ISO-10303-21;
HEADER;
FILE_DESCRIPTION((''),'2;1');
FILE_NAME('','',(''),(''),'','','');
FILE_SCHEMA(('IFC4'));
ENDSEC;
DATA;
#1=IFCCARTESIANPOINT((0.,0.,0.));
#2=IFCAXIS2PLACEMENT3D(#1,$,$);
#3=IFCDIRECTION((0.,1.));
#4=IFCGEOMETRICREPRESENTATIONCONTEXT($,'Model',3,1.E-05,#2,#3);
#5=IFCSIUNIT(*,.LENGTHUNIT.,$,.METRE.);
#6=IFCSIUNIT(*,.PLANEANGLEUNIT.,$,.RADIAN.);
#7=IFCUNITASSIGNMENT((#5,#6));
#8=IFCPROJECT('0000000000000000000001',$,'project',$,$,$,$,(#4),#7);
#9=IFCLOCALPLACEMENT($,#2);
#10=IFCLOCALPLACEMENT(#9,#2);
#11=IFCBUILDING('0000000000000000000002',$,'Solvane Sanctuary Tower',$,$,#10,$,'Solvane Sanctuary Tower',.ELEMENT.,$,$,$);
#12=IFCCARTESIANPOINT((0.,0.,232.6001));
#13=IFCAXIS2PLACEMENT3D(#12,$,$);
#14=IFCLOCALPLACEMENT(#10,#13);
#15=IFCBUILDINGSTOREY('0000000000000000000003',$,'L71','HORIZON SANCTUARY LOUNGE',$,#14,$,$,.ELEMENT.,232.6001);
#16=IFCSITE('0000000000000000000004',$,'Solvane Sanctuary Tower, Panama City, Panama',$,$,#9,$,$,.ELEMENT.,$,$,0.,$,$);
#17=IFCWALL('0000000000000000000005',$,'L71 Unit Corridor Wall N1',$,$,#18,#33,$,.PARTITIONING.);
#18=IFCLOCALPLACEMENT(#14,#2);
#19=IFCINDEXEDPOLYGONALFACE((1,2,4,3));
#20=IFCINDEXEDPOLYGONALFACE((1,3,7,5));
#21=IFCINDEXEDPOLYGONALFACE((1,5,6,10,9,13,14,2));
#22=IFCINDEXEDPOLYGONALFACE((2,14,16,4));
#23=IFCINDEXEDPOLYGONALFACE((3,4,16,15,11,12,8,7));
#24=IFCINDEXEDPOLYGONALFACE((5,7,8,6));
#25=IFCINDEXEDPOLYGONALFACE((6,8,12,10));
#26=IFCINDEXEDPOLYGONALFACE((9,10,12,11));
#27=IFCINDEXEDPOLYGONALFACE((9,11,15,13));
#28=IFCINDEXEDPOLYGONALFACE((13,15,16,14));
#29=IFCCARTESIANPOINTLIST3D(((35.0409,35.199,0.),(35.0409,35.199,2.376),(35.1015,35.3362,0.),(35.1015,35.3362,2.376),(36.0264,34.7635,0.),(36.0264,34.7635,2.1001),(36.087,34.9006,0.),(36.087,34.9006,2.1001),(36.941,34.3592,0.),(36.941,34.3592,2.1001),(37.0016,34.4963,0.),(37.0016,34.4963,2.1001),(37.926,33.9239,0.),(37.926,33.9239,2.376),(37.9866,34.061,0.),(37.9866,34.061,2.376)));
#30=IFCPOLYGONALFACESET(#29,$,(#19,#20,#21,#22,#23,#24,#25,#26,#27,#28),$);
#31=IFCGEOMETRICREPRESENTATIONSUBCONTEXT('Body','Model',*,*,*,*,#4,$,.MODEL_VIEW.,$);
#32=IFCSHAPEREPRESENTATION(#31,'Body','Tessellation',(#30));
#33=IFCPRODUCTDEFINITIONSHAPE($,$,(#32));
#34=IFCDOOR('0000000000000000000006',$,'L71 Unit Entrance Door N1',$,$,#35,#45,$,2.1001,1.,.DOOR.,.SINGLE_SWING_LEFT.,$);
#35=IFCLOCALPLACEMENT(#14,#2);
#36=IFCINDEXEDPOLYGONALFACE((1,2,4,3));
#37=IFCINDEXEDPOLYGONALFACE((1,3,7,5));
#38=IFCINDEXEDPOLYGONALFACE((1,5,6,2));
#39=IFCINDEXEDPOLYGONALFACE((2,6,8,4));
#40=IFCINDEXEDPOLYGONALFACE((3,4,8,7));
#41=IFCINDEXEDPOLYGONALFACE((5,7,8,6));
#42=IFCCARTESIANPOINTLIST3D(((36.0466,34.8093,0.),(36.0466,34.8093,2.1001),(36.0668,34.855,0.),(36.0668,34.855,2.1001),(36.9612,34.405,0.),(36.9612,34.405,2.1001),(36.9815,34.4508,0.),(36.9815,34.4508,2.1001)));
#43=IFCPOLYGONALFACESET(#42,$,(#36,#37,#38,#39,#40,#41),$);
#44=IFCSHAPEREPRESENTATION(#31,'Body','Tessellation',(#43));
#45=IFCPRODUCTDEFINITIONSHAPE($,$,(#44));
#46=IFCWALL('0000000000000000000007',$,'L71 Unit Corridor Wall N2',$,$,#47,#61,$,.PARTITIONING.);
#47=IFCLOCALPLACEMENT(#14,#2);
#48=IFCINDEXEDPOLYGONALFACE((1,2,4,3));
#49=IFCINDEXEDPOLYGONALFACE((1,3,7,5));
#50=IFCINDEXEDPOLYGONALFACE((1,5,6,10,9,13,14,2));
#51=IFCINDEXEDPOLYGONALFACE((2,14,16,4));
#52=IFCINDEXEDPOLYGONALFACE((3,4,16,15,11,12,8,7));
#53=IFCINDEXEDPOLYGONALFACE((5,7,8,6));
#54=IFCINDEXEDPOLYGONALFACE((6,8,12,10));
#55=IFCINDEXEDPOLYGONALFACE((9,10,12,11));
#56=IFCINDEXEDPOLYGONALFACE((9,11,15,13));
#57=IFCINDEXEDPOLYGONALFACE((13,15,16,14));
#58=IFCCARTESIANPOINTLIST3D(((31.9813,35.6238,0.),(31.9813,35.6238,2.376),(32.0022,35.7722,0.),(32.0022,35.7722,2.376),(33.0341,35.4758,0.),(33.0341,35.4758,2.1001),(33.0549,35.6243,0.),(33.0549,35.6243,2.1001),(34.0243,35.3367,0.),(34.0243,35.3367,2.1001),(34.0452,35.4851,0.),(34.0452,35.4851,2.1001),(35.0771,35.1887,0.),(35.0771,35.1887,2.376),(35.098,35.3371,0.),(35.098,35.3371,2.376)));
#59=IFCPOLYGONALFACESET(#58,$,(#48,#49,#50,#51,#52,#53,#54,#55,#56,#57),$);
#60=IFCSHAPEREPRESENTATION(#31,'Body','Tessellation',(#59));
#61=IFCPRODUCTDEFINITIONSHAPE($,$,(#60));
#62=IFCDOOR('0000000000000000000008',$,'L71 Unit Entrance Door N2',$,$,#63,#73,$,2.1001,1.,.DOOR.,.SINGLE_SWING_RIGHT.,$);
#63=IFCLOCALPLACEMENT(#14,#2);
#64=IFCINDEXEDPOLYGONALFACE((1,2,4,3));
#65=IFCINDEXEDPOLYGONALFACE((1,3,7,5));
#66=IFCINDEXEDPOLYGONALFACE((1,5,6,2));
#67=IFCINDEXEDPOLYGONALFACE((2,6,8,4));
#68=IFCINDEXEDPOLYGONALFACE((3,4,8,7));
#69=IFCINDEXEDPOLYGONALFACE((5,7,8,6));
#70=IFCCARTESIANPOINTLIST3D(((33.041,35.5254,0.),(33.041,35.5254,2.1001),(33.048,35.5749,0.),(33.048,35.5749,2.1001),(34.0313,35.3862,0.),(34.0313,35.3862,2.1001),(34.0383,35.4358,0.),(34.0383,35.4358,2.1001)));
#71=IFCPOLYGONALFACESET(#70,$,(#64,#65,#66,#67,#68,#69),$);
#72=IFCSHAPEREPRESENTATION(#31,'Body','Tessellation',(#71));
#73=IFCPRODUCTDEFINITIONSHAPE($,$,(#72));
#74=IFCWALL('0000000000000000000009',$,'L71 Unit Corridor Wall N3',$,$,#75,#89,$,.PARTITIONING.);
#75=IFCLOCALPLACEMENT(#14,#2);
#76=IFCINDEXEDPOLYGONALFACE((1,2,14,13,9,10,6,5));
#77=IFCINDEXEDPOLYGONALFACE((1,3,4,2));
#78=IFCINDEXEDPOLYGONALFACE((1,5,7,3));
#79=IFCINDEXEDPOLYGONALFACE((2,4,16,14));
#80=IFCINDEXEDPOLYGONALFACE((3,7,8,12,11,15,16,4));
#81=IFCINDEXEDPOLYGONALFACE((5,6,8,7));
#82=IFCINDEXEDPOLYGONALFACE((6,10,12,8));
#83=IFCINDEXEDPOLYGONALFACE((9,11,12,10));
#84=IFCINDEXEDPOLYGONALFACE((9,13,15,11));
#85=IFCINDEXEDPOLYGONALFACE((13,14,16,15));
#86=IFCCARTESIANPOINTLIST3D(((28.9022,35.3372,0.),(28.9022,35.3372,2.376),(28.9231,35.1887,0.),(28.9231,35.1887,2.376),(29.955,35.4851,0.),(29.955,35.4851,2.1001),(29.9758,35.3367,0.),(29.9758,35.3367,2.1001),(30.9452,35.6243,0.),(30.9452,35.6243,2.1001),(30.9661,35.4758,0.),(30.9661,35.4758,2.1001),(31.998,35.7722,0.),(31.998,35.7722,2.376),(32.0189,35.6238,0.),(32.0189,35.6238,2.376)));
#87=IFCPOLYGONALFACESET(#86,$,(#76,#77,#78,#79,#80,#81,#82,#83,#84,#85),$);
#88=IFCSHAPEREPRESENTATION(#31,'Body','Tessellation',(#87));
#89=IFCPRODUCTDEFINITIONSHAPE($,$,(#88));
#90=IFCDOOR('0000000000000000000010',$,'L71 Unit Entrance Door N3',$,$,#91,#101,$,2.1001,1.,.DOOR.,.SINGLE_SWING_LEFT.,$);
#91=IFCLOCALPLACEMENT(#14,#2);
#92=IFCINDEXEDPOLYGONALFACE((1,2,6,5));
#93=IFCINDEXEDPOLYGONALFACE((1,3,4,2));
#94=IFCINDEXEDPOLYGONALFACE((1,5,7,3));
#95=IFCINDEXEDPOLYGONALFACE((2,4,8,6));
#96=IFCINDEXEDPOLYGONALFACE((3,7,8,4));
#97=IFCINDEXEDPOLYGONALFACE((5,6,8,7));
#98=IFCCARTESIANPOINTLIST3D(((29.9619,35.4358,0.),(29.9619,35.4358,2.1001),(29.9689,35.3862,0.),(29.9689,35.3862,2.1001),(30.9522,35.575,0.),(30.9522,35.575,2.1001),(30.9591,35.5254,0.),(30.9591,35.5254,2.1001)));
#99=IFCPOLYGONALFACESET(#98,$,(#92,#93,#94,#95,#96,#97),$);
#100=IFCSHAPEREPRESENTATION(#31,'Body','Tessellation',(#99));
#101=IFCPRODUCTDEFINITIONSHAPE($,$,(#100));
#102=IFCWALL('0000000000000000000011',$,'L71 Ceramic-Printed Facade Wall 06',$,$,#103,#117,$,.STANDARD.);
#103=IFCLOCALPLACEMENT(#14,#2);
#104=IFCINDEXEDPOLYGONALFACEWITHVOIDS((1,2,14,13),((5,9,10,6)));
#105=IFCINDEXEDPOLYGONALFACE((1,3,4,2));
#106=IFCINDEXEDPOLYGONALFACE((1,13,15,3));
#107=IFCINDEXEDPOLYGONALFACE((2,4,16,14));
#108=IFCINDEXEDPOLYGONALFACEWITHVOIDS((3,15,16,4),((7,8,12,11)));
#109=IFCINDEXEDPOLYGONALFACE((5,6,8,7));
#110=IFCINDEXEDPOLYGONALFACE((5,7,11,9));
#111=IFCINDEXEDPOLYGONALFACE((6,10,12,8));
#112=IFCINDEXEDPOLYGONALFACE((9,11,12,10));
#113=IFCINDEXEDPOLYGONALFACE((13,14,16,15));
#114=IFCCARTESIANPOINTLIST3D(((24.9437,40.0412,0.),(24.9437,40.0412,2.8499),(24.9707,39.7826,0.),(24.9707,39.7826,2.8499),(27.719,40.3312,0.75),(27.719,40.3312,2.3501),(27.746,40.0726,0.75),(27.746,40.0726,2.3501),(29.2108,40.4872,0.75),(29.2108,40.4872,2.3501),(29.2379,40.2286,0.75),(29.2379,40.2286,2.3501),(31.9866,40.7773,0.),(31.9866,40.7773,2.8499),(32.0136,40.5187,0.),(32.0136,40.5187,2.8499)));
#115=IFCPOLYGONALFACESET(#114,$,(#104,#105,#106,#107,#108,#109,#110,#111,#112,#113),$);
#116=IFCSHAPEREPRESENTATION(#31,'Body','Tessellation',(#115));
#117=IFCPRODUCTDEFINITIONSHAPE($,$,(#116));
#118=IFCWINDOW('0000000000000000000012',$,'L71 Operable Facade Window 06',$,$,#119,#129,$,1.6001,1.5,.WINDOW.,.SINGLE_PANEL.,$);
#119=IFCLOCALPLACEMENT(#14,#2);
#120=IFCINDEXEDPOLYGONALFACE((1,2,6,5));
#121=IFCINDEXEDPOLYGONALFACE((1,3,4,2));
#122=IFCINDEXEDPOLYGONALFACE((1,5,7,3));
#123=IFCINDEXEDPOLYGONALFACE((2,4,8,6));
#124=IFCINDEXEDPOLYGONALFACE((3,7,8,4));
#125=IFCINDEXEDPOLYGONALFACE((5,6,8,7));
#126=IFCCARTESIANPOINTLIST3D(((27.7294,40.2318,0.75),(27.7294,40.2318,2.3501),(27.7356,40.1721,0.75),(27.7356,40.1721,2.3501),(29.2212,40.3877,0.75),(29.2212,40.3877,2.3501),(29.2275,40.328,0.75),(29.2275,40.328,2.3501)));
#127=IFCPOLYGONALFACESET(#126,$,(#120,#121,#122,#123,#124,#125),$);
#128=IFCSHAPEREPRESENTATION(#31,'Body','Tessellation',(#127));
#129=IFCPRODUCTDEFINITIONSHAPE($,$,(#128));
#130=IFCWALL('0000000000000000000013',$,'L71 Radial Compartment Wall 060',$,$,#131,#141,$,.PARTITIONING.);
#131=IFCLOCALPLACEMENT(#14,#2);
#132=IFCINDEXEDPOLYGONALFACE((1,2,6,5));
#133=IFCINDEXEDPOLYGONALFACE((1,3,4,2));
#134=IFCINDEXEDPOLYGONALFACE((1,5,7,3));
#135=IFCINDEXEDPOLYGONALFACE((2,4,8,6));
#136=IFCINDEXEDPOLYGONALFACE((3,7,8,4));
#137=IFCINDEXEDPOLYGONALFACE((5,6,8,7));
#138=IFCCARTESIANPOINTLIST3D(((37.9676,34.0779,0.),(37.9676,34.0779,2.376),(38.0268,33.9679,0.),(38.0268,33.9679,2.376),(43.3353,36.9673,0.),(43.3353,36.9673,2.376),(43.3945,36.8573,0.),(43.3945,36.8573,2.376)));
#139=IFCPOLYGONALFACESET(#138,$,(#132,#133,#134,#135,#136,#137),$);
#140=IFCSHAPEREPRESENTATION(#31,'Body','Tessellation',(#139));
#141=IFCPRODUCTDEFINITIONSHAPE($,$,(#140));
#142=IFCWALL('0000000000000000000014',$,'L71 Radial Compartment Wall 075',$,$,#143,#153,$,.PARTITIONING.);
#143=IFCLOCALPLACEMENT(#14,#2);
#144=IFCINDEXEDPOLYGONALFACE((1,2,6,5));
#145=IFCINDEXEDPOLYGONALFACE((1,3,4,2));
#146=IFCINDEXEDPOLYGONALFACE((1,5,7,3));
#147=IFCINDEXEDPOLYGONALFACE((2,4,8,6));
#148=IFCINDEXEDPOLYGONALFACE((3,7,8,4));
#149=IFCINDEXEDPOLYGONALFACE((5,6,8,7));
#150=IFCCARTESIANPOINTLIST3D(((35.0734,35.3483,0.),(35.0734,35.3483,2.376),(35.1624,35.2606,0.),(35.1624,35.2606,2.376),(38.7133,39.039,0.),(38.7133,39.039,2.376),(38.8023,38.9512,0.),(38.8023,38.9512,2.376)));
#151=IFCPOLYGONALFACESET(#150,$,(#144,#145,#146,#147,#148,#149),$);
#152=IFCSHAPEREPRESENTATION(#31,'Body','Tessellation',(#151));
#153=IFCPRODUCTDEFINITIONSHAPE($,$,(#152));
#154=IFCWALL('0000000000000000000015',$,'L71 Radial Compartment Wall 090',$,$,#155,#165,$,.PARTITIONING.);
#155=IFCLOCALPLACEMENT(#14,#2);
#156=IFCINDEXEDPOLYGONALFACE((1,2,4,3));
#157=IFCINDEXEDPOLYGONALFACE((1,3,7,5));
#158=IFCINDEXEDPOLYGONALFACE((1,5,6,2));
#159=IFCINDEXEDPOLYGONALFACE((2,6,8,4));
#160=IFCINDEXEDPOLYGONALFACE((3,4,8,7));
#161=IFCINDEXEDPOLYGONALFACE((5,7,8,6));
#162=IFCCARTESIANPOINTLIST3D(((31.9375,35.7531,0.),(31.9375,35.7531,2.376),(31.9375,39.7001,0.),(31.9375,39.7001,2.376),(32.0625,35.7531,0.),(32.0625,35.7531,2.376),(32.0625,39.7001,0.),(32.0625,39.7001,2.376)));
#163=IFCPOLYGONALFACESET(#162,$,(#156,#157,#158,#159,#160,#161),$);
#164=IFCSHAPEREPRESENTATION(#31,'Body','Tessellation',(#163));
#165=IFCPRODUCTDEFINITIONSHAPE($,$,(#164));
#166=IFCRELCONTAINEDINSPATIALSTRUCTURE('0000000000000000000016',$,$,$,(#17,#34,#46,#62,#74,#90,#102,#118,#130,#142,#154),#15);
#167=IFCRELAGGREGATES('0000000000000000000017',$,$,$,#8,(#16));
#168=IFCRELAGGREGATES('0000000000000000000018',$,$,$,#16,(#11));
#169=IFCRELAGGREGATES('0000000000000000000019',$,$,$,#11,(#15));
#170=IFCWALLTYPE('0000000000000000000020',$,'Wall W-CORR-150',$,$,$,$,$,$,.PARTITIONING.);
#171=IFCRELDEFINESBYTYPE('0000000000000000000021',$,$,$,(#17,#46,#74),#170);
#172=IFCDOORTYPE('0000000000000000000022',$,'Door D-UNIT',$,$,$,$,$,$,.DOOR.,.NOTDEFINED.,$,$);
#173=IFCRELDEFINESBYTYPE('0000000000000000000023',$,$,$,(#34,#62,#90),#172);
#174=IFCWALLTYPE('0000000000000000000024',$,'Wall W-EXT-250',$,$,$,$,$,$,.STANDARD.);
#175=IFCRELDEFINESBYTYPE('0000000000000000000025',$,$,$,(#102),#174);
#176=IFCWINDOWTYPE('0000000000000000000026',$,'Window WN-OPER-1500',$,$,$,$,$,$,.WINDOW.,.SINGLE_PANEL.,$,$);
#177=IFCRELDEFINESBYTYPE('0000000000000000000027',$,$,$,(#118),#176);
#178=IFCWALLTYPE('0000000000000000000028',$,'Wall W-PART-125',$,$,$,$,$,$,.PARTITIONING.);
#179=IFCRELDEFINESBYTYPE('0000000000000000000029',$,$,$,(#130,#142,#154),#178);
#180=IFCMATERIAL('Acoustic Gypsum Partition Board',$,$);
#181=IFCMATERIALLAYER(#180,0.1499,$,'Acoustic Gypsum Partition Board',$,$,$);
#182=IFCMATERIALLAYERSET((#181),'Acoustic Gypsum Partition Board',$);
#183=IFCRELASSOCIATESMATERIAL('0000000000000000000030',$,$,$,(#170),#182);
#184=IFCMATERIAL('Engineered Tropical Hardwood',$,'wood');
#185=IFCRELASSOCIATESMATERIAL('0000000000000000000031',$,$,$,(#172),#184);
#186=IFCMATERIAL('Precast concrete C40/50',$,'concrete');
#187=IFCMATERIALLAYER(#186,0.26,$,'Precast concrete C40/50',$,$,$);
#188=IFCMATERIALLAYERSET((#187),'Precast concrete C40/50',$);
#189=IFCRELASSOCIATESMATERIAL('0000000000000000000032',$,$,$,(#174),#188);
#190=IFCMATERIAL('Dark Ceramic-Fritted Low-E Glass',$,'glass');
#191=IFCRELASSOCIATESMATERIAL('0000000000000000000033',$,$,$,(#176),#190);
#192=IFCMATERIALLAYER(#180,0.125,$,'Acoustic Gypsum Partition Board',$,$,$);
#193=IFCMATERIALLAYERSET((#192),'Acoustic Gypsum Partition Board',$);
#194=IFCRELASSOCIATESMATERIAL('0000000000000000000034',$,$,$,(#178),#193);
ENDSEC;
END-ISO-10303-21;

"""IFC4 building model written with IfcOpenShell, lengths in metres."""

from ifc_helpers import new_model, si_unit, direction, frame, frame_2d, origin, place, context, subcontext, project, spatial, rectangle, extrude, material, layer, layer_set, type_object, element, fill, save


model = new_model("IFC4")

# Units and contexts
model_context = context("Model", 3, precision=1e-05, world=origin(), true_north=direction((0.0, 1.0)))
body_context = subcontext(model_context, "Body", "Model", "MODEL_VIEW")
ifc_project = project(units=[si_unit("LENGTHUNIT", "METRE"), si_unit("PLANEANGLEUNIT", "RADIAN")], contexts=[model_context])

# Site, building, storey
site_placement = place(None, origin())
site = spatial("IfcSite", under=ifc_project, at=site_placement, Name="Solvane Sanctuary Tower, Panama City, Panama", CompositionType="ELEMENT", RefElevation=0.0)
building_placement = place(site_placement, origin())
building = spatial("IfcBuilding", under=site, at=building_placement, Name="Solvane Sanctuary Tower", LongName="Solvane Sanctuary Tower", CompositionType="ELEMENT")
storey_placement = place(building_placement, frame((0.0, 0.0, 232.6001)))
storey = spatial("IfcBuildingStorey", under=building, at=storey_placement, Name="L71", Description="HORIZON SANCTUARY LOUNGE", CompositionType="ELEMENT", Elevation=232.6001)

# Shared definitions
ifc_material_1 = material(Name="Acoustic Gypsum Partition Board")
ifc_layer_1 = layer(ifc_material_1, 0.1499, Name="Acoustic Gypsum Partition Board")
ifc_layer_set_1 = layer_set([ifc_layer_1], Name="Acoustic Gypsum Partition Board")
wall_type_1 = type_object("IfcWallType", Name="Wall W-CORR-150", PredefinedType="PARTITIONING", material=ifc_layer_set_1)

# Shared definitions
ifc_material_2 = material(Name="Engineered Tropical Hardwood", Category="wood")

# Walls, openings, doors
wall_1_placement = place(storey_placement, frame((37.9563, 33.9924, 0.0), z_axis=(0.0, 0.0, 1.0), x_axis=(-0.914643, 0.404263, 0.0)))
wall_1 = element("IfcWall", 1, at=wall_1_placement, inside=storey, type_object=wall_type_1, Name="L71 Unit Corridor Wall N1", PredefinedType="PARTITIONING", context=body_context, shape_type="SweptSolid", body=[
    extrude(rectangle(XDim=3.1543, YDim=0.1499, at=frame_2d((1.5771, 0.0))), origin(), (0.0, 0.0, 1.0), 2.376),
])
opening_1_placement = place(wall_1_placement, frame((1.0769, 0.0, 0.0)))
opening_1 = element("IfcOpeningElement", 2, at=opening_1_placement, cuts=wall_1, PredefinedType="OPENING", context=body_context, shape_type="SweptSolid", body=[
    extrude(rectangle(XDim=1.0, YDim=2.1001, at=frame_2d((0.5, 1.05))), frame((0.0, 0.085, 0.0), z_axis=(0.0, -1.0, 0.0), x_axis=(1.0, 0.0, 0.0)), (0.0, 0.0, 1.0), 0.1699),
])
door_type_1 = type_object("IfcDoorType", Name="Door D-UNIT", OperationType="NOTDEFINED", PredefinedType="DOOR", material=ifc_material_2)
door_1_placement = place(opening_1_placement, origin())
door_1 = element("IfcDoor", 3, at=door_1_placement, inside=storey, type_object=door_type_1, Name="L71 Unit Entrance Door N1", OperationType="SINGLE_SWING_LEFT", OverallHeight=2.1001, OverallWidth=1.0, PredefinedType="DOOR", context=body_context, shape_type="SweptSolid", body=[
    extrude(rectangle(XDim=1.0, YDim=2.1001, at=frame_2d((0.5, 1.05))), frame((0.0, 0.0249, 0.0), z_axis=(0.0, -1.0, 0.0), x_axis=(1.0, 0.0, 0.0)), (0.0, 0.0, 1.0), 0.05),
])
fill(opening_1, door_1)
wall_2_placement = place(storey_placement, frame((35.0874, 35.2629, 0.0), z_axis=(0.0, 0.0, 1.0), x_axis=(-0.990269, 0.139169, 0.0)))
wall_2 = element("IfcWall", 4, at=wall_2_placement, inside=storey, type_object=wall_type_1, Name="L71 Unit Corridor Wall N2", PredefinedType="PARTITIONING", context=body_context, shape_type="SweptSolid", body=[
    extrude(rectangle(XDim=3.1262, YDim=0.1499, at=frame_2d((1.563, 0.0))), origin(), (0.0, 0.0, 1.0), 2.376),
])
opening_2_placement = place(wall_2_placement, frame((1.063, 0.0, 0.0)))
opening_2 = element("IfcOpeningElement", 5, at=opening_2_placement, cuts=wall_2, PredefinedType="OPENING", context=body_context, shape_type="SweptSolid", body=[
    extrude(rectangle(XDim=1.0, YDim=2.1001, at=frame_2d((0.5, 1.05))), frame((0.0, 0.085, 0.0), z_axis=(0.0, -1.0, 0.0), x_axis=(1.0, 0.0, 0.0)), (0.0, 0.0, 1.0), 0.1699),
])
door_2_placement = place(opening_2_placement, origin())
door_2 = element("IfcDoor", 6, at=door_2_placement, inside=storey, type_object=door_type_1, Name="L71 Unit Entrance Door N2", OperationType="SINGLE_SWING_RIGHT", OverallHeight=2.1001, OverallWidth=1.0, PredefinedType="DOOR", context=body_context, shape_type="SweptSolid", body=[
    extrude(rectangle(XDim=1.0, YDim=2.1001, at=frame_2d((0.5, 1.05))), frame((0.0, 0.0249, 0.0), z_axis=(0.0, -1.0, 0.0), x_axis=(1.0, 0.0, 0.0)), (0.0, 0.0, 1.0), 0.05),
])
fill(opening_2, door_2)
wall_3_placement = place(storey_placement, frame((32.0083, 35.698, 0.0), z_axis=(0.0, 0.0, 1.0), x_axis=(-0.990269, -0.139169, 0.0)))
wall_3 = element("IfcWall", 7, at=wall_3_placement, inside=storey, type_object=wall_type_1, Name="L71 Unit Corridor Wall N3", PredefinedType="PARTITIONING", context=body_context, shape_type="SweptSolid", body=[
    extrude(rectangle(XDim=3.1262, YDim=0.1499, at=frame_2d((1.563, 0.0))), origin(), (0.0, 0.0, 1.0), 2.376),
])
opening_3_placement = place(wall_3_placement, frame((1.063, 0.0, 0.0)))
opening_3 = element("IfcOpeningElement", 8, at=opening_3_placement, cuts=wall_3, PredefinedType="OPENING", context=body_context, shape_type="SweptSolid", body=[
    extrude(rectangle(XDim=1.0, YDim=2.1001, at=frame_2d((0.5, 1.05))), frame((0.0, 0.085, 0.0), z_axis=(0.0, -1.0, 0.0), x_axis=(1.0, 0.0, 0.0)), (0.0, 0.0, 1.0), 0.1699),
])
door_3_placement = place(opening_3_placement, origin())
door_3 = element("IfcDoor", 9, at=door_3_placement, inside=storey, type_object=door_type_1, Name="L71 Unit Entrance Door N3", OperationType="SINGLE_SWING_LEFT", OverallHeight=2.1001, OverallWidth=1.0, PredefinedType="DOOR", context=body_context, shape_type="SweptSolid", body=[
    extrude(rectangle(XDim=1.0, YDim=2.1001, at=frame_2d((0.5, 1.05))), frame((0.0, 0.0249, 0.0), z_axis=(0.0, -1.0, 0.0), x_axis=(1.0, 0.0, 0.0)), (0.0, 0.0, 1.0), 0.05),
])
fill(opening_3, door_3)

# Wall, opening, window
ifc_material_3 = material(Name="Precast concrete C40/50", Category="concrete")
ifc_layer_2 = layer(ifc_material_3, 0.26, Name="Precast concrete C40/50")
ifc_layer_set_2 = layer_set([ifc_layer_2], Name="Precast concrete C40/50")
wall_type_2 = type_object("IfcWallType", Name="Wall W-EXT-250", PredefinedType="STANDARD", material=ifc_layer_set_2)
wall_4_placement = place(storey_placement, frame((32.0, 40.6479, 0.0), z_axis=(0.0, 0.0, 1.0), x_axis=(-0.994583, -0.103947, 0.0)))
wall_4 = element("IfcWall", 10, at=wall_4_placement, inside=storey, type_object=wall_type_2, Name="L71 Ceramic-Printed Facade Wall 06", PredefinedType="STANDARD", context=body_context, shape_type="SweptSolid", body=[
    extrude(rectangle(XDim=7.0813, YDim=0.26, at=frame_2d((3.5405, 0.0))), origin(), (0.0, 0.0, 1.0), 2.8499),
])
opening_4_placement = place(wall_4_placement, frame((2.7908, 0.0, 0.75)))
opening_4 = element("IfcOpeningElement", 11, at=opening_4_placement, cuts=wall_4, PredefinedType="OPENING", context=body_context, shape_type="SweptSolid", body=[
    extrude(rectangle(XDim=1.5, YDim=1.6001, at=frame_2d((0.75, 0.8))), frame((0.0, 0.1399, 0.0), z_axis=(0.0, -1.0, 0.0), x_axis=(1.0, 0.0, 0.0)), (0.0, 0.0, 1.0), 0.28),
])
ifc_material_4 = material(Name="Dark Ceramic-Fritted Low-E Glass", Category="glass")
window_type = type_object("IfcWindowType", Name="Window WN-OPER-1500", PartitioningType="SINGLE_PANEL", PredefinedType="WINDOW", material=ifc_material_4)
window_placement = place(opening_4_placement, origin())
window = element("IfcWindow", 12, at=window_placement, inside=storey, type_object=window_type, Name="L71 Operable Facade Window 06", OverallHeight=1.6001, OverallWidth=1.5, PartitioningType="SINGLE_PANEL", PredefinedType="WINDOW", context=body_context, shape_type="SweptSolid", body=[
    extrude(rectangle(XDim=1.5, YDim=1.6001, at=frame_2d((0.75, 0.8))), frame((0.0, 0.03, 0.0), z_axis=(0.0, -1.0, 0.0), x_axis=(1.0, 0.0, 0.0)), (0.0, 0.0, 1.0), 0.0601),
])
fill(opening_4, window)

# Walls
ifc_layer_3 = layer(ifc_material_1, 0.125, Name="Acoustic Gypsum Partition Board")
ifc_layer_set_3 = layer_set([ifc_layer_3], Name="Acoustic Gypsum Partition Board")
wall_type_3 = type_object("IfcWallType", Name="Wall W-PART-125", PredefinedType="PARTITIONING", material=ifc_layer_set_3)
wall_5_placement = place(storey_placement, frame((37.9973, 34.0229, 0.0), z_axis=(0.0, 0.0, 1.0), x_axis=(0.880532, 0.473988, 0.0)))
element("IfcWall", 13, at=wall_5_placement, inside=storey, type_object=wall_type_3, Name="L71 Radial Compartment Wall 060", PredefinedType="PARTITIONING", context=body_context, shape_type="SweptSolid", body=[
    extrude(rectangle(XDim=6.0959, YDim=0.125, at=frame_2d((3.0479, 0.0))), origin(), (0.0, 0.0, 1.0), 2.376),
])
wall_6_placement = place(storey_placement, frame((35.1179, 35.3044, 0.0), z_axis=(0.0, 0.0, 1.0), x_axis=(0.702192, 0.711988, 0.0)))
element("IfcWall", 14, at=wall_6_placement, inside=storey, type_object=wall_type_3, Name="L71 Radial Compartment Wall 075", PredefinedType="PARTITIONING", context=body_context, shape_type="SweptSolid", body=[
    extrude(rectangle(XDim=5.1836, YDim=0.125, at=frame_2d((2.5918, 0.0))), origin(), (0.0, 0.0, 1.0), 2.376),
])
wall_7_placement = place(storey_placement, frame((32.0, 35.7529, 0.0), z_axis=(0.0, 0.0, 1.0), x_axis=(0.0, 1.0, 0.0)))
element("IfcWall", 15, at=wall_7_placement, inside=storey, type_object=wall_type_3, Name="L71 Radial Compartment Wall 090", PredefinedType="PARTITIONING", context=body_context, shape_type="SweptSolid", body=[
    extrude(rectangle(XDim=3.947, YDim=0.125, at=frame_2d((1.9736, 0.0))), origin(), (0.0, 0.0, 1.0), 2.376),
])

save(model, "model.ifc")
